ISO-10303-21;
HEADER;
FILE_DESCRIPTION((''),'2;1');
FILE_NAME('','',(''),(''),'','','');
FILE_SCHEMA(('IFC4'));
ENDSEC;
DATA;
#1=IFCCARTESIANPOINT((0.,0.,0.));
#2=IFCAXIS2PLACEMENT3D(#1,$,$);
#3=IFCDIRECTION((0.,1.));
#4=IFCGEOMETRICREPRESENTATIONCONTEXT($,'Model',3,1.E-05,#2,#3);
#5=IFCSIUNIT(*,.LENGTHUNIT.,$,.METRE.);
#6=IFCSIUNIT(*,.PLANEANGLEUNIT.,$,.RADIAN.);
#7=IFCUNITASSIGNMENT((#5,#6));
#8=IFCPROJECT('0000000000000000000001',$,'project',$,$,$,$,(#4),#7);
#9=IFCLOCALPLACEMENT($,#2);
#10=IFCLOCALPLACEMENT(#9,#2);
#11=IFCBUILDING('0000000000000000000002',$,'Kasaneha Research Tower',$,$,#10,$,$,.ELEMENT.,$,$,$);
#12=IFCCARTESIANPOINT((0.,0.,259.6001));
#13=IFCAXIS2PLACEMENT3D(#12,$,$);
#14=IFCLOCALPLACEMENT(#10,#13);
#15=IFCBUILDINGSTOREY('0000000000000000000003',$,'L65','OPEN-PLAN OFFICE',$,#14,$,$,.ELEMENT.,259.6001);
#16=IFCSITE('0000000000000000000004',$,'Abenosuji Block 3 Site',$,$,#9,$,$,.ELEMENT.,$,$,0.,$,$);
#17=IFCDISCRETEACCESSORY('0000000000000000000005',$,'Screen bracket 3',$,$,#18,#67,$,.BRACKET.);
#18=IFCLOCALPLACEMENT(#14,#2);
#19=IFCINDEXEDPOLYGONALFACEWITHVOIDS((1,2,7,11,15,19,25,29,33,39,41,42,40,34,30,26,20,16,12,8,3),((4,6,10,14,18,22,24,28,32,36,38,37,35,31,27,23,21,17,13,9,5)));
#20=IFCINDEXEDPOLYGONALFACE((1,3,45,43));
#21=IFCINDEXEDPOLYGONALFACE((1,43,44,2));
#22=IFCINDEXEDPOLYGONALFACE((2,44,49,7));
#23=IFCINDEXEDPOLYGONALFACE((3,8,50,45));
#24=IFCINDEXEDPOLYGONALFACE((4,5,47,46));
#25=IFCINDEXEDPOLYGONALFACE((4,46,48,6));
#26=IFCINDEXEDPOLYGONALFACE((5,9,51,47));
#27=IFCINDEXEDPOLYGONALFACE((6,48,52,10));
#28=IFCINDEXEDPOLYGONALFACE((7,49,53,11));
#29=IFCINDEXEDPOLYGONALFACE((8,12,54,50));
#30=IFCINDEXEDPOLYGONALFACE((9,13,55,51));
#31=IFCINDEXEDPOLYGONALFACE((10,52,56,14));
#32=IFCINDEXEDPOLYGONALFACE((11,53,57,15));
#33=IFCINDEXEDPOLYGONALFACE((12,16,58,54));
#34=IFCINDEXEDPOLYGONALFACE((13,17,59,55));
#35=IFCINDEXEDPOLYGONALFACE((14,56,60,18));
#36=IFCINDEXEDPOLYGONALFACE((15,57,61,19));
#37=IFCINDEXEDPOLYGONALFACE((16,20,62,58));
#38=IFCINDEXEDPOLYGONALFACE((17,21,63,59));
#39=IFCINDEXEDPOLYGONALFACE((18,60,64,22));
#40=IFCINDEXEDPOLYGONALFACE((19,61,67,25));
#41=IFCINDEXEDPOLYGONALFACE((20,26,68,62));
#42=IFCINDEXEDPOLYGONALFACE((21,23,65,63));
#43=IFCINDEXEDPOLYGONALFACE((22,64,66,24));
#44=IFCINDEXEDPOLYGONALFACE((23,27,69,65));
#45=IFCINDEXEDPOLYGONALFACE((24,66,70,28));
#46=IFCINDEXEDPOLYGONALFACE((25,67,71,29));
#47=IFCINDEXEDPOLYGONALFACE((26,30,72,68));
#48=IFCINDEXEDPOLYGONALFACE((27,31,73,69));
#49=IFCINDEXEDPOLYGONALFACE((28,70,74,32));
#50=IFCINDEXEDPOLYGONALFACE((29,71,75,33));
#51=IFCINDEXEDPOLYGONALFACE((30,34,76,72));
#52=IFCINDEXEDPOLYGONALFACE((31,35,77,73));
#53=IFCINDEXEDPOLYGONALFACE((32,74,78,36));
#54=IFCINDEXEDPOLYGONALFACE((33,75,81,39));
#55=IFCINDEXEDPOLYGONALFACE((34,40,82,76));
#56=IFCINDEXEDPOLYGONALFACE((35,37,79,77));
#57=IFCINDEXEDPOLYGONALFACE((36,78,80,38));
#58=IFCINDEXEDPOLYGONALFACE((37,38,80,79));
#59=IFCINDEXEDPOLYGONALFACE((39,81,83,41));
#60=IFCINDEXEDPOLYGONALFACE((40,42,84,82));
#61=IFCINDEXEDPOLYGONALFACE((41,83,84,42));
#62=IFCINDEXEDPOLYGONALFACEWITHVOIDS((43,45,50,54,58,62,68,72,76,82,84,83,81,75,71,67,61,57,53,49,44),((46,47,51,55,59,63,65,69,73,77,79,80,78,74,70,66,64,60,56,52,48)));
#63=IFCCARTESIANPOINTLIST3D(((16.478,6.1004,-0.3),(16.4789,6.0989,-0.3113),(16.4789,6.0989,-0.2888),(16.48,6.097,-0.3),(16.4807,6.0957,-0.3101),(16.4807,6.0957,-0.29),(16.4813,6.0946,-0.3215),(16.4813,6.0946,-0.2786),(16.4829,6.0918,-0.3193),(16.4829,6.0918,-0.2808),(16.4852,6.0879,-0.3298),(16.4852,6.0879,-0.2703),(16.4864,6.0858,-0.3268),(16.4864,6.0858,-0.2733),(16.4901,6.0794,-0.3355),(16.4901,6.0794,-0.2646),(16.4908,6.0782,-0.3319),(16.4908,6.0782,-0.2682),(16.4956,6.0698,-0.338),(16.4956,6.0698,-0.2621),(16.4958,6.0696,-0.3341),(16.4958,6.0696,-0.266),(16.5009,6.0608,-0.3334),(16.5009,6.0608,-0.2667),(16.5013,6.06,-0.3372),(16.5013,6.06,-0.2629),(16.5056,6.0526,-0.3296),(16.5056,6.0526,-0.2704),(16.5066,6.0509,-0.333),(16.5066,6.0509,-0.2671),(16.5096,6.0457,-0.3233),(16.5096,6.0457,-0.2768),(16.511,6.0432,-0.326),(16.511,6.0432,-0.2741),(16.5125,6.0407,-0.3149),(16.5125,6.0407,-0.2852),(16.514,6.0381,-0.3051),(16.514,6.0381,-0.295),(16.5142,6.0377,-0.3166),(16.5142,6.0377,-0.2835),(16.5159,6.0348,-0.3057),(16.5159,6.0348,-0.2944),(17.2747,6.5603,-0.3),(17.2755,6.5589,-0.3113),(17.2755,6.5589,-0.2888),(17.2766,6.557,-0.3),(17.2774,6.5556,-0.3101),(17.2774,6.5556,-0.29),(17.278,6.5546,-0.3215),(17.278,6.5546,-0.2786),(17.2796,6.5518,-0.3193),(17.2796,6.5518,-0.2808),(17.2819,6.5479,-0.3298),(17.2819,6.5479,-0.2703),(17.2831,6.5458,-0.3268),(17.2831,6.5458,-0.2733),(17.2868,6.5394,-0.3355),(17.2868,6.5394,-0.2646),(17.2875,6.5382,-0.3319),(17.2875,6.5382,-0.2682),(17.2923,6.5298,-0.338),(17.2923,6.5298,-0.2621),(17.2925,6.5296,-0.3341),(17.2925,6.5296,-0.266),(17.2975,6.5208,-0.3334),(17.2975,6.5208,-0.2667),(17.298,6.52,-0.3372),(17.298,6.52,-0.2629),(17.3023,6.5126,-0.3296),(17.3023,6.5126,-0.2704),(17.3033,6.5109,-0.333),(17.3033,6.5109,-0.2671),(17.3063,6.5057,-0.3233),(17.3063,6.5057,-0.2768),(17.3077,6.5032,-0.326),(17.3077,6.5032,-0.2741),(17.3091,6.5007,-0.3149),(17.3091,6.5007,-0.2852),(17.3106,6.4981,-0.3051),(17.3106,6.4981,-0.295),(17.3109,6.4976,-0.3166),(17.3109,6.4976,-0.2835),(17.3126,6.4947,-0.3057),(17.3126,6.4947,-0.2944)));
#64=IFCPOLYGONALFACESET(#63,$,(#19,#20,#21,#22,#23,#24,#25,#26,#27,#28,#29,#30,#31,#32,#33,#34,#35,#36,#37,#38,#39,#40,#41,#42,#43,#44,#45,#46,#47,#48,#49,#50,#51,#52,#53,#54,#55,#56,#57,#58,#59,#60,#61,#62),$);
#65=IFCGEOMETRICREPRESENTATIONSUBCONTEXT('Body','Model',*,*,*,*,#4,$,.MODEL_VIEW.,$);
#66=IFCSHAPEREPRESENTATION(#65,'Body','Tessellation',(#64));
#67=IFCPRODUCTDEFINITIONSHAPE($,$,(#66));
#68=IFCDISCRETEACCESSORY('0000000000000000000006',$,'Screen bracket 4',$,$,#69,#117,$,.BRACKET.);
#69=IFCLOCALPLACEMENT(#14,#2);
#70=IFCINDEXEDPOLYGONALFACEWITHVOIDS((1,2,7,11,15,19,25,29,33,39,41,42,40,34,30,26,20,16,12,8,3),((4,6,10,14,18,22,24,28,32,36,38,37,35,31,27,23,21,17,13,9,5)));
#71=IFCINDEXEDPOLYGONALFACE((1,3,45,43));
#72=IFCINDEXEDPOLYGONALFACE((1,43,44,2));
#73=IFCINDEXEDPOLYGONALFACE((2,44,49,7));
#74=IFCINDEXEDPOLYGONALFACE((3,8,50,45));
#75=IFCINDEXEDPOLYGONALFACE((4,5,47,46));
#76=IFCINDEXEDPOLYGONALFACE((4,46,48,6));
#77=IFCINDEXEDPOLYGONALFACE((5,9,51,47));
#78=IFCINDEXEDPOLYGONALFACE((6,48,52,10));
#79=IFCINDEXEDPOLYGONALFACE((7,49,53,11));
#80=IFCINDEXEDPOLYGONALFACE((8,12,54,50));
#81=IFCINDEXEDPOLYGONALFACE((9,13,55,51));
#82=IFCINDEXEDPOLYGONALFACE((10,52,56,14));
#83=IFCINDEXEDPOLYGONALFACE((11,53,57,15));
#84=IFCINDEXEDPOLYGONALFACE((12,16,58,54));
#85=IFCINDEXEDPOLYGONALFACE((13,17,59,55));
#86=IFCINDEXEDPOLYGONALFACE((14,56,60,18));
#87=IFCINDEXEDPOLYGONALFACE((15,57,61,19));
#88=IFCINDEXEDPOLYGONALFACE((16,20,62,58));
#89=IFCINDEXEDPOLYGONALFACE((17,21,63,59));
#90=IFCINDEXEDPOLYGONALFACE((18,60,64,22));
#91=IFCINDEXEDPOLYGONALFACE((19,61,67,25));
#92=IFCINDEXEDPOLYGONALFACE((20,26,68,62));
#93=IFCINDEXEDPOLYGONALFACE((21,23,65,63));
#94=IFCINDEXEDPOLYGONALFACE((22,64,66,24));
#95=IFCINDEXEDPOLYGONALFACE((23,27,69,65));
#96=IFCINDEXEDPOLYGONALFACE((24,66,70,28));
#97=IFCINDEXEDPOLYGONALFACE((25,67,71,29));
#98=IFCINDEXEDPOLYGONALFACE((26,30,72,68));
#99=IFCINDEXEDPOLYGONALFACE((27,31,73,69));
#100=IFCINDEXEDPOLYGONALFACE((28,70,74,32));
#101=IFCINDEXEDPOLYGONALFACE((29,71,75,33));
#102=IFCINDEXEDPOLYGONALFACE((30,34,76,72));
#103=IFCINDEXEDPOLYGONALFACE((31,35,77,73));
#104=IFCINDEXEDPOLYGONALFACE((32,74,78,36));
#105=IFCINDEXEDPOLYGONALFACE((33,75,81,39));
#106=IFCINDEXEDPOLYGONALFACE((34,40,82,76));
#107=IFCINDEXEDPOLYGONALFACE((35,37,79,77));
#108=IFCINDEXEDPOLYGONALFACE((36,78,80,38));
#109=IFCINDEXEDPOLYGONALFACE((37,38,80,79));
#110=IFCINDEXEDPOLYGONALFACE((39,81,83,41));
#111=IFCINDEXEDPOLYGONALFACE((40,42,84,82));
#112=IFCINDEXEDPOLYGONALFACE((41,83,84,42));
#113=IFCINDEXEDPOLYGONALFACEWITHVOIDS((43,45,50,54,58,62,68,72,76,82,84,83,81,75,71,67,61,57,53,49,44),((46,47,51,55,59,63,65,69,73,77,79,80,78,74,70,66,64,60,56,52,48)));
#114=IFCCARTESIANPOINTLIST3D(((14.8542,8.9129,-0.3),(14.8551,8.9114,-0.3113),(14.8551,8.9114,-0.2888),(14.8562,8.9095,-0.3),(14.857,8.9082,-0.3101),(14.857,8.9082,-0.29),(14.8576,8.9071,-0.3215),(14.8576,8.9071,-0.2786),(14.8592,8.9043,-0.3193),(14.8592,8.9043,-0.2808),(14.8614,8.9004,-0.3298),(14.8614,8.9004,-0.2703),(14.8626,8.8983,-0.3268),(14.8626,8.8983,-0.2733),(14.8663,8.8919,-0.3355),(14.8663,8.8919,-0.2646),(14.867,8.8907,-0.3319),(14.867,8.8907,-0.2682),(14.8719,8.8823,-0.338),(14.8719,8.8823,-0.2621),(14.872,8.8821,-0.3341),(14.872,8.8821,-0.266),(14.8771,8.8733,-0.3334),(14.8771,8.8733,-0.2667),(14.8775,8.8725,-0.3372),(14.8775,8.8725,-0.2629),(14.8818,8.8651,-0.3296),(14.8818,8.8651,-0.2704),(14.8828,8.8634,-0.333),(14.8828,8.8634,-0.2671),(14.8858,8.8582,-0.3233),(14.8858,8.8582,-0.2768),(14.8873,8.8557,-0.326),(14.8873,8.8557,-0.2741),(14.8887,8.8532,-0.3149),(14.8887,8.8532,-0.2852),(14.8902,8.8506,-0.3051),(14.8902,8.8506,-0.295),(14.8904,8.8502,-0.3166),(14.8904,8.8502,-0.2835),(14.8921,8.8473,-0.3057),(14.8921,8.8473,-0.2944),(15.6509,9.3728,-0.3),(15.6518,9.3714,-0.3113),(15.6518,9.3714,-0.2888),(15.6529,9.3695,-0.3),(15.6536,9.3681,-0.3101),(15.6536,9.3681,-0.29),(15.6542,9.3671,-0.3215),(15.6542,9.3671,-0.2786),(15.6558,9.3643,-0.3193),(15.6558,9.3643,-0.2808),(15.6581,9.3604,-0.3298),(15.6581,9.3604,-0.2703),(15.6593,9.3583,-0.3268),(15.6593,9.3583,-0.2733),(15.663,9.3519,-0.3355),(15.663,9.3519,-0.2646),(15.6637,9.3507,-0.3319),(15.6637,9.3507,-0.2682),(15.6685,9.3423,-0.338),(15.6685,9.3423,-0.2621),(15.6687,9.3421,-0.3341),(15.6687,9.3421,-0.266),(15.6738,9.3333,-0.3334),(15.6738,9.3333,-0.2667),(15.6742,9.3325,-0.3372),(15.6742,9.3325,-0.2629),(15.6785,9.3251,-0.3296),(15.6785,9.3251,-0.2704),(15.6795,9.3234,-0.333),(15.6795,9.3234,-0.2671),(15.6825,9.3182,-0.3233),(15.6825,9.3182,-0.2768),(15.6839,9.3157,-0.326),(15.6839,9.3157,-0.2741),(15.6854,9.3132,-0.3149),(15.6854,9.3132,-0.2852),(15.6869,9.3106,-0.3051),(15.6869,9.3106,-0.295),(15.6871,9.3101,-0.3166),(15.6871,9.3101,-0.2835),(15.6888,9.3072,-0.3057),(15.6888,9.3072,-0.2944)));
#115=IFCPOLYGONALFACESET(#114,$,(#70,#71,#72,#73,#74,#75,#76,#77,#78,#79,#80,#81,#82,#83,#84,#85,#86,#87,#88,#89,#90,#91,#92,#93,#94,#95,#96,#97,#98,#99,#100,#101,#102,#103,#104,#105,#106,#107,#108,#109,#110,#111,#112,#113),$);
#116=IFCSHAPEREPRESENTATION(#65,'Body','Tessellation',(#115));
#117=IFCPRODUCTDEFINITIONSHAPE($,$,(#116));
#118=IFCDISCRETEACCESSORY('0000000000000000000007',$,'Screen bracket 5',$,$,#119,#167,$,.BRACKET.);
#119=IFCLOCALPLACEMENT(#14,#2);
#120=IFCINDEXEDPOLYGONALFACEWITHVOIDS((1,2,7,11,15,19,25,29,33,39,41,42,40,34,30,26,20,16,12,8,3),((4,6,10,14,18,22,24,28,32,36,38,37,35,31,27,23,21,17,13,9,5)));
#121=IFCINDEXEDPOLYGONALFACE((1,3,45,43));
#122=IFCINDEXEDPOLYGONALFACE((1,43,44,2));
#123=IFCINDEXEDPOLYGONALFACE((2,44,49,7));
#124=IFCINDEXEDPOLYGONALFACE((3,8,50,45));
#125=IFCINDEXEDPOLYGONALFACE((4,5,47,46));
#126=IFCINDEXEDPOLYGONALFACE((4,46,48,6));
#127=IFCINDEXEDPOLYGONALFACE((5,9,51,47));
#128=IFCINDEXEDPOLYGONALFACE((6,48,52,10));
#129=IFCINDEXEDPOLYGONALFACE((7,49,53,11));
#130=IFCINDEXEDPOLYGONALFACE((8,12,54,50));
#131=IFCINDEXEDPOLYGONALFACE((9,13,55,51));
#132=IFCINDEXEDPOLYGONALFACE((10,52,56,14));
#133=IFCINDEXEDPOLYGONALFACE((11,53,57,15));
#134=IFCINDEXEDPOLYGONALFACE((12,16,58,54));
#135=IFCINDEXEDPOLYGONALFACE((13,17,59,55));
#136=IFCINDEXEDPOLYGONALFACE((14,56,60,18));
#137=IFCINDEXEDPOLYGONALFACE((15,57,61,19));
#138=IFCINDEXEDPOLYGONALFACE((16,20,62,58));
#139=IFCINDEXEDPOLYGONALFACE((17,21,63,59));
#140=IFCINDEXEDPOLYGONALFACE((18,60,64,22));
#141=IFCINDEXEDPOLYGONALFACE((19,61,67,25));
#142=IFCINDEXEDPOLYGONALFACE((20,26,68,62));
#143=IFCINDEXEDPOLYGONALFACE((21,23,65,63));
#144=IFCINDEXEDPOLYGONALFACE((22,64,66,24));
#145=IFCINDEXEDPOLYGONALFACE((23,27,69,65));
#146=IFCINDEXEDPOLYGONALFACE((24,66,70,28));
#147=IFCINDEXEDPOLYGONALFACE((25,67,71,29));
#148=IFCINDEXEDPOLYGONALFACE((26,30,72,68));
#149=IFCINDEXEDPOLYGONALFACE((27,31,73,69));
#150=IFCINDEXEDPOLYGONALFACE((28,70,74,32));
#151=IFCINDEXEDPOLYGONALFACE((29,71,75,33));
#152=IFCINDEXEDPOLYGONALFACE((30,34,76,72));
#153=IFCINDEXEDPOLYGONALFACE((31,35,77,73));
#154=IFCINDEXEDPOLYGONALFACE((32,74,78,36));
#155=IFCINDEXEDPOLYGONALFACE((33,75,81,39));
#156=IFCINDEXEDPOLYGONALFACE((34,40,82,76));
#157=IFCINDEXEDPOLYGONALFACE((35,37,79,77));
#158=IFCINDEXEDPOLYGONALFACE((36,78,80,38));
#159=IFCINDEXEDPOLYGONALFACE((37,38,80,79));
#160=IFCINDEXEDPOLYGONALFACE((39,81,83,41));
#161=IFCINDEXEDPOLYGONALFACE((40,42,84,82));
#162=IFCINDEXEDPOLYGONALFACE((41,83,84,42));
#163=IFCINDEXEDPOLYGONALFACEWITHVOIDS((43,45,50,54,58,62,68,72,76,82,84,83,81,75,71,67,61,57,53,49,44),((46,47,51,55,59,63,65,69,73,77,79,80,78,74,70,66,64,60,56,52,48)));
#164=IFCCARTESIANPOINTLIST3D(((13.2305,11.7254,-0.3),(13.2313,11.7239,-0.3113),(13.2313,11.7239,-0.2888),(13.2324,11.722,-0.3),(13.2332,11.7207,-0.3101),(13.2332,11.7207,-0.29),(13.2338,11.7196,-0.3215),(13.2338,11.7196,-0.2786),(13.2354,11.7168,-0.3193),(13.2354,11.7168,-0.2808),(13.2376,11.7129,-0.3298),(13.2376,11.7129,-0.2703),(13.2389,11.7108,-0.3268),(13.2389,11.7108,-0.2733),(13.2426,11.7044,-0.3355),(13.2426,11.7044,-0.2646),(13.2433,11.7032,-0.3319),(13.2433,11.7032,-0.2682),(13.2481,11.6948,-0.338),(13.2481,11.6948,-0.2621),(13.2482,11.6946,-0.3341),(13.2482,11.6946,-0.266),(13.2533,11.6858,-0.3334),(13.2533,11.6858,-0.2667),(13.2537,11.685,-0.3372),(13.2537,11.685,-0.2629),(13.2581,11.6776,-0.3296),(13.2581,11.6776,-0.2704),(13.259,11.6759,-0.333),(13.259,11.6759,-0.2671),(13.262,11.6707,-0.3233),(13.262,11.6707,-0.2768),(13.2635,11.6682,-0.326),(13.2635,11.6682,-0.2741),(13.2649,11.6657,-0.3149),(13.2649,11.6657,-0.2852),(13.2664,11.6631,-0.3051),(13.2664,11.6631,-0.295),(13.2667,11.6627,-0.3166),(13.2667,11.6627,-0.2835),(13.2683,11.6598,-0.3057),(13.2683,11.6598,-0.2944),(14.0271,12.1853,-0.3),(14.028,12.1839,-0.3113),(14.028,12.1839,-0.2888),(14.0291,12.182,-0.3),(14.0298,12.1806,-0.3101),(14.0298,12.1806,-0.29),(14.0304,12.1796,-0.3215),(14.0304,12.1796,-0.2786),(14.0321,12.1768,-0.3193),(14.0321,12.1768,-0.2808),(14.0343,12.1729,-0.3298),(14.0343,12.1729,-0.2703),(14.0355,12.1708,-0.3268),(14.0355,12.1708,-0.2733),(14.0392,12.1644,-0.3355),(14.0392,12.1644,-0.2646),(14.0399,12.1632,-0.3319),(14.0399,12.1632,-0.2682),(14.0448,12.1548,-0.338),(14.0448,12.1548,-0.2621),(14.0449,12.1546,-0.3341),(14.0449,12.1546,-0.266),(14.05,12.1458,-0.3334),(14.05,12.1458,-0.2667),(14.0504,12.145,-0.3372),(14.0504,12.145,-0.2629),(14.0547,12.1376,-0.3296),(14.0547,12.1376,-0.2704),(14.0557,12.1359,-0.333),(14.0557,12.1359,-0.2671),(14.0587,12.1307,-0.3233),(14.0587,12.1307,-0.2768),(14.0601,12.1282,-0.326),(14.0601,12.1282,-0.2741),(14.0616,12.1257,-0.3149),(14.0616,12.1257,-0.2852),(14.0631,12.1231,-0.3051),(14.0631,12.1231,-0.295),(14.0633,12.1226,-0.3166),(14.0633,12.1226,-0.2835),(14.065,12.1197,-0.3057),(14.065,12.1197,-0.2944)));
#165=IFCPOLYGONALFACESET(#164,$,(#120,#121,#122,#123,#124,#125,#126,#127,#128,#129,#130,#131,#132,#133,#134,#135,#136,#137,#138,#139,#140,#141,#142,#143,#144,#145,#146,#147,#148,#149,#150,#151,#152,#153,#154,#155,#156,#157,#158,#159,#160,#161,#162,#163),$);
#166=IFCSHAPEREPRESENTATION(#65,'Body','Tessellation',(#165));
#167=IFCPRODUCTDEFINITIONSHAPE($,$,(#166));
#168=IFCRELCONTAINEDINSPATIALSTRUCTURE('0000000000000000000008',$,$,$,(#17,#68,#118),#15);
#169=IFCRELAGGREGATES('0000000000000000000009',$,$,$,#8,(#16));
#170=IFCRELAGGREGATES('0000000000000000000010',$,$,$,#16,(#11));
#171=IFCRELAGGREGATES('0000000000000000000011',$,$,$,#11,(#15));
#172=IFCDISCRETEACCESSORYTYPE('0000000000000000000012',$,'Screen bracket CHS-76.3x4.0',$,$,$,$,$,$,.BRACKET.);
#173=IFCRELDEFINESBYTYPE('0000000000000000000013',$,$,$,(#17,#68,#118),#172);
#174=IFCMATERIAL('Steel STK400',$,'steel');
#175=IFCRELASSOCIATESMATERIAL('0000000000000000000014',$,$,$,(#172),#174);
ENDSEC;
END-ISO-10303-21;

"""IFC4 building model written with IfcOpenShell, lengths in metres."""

from ifc_helpers import new_model, si_unit, direction, frame, origin, origin_2d, place, context, subcontext, project, spatial, hollow_circle, extrude, material, material_profile, profile_set, type_object, element, save


model = new_model("IFC4")

# Units and contexts
model_context = context("Model", 3, precision=1e-05, world=origin(), true_north=direction((0.0, 1.0)))
body_context = subcontext(model_context, "Body", "Model", "MODEL_VIEW")
ifc_project = project(units=[si_unit("LENGTHUNIT", "METRE"), si_unit("PLANEANGLEUNIT", "RADIAN")], contexts=[model_context])

# Site, building, storey
site_placement = place(None, origin())
site = spatial("IfcSite", under=ifc_project, at=site_placement, Name="Abenosuji Block 3 Site", CompositionType="ELEMENT", RefElevation=0.0)
building_placement = place(site_placement, origin())
building = spatial("IfcBuilding", under=site, at=building_placement, Name="Kasaneha Research Tower", CompositionType="ELEMENT")
storey_placement = place(building_placement, frame((0.0, 0.0, 259.6001)))
storey = spatial("IfcBuildingStorey", under=building, at=storey_placement, Name="L65", Description="OPEN-PLAN OFFICE", CompositionType="ELEMENT", Elevation=259.6001)

# Discrete accessories
ifc_material_1 = material(Name="Steel STK400", Category="steel")
ifc_material_profile_1 = material_profile(ifc_material_1, hollow_circle(Radius=0.0381, WallThickness=0.0039, at=origin_2d()), Name="CHS-76.3x4.0")
ifc_profile_set_1 = profile_set([ifc_material_profile_1], Name="Steel STK400")
discrete_accessory_type = type_object("IfcDiscreteAccessoryType", Name="Screen bracket CHS-76.3x4.0", PredefinedType="BRACKET", material=ifc_profile_set_1)
for number, where, z_axis, x_axis, name in (
    (1, (16.4971, 6.0674, -0.3), (0.866013, 0.500021, 0.0), (-0.500021, 0.866013, 0.0), "Screen bracket 3"),
    (2, (14.8733, 8.8799, -0.3), (0.866013, 0.500021, 0.0), (-0.500021, 0.866013, 0.0), "Screen bracket 4"),
    (3, (13.2495, 11.6924, -0.3), (0.866013, 0.500021, 0.0), (-0.500021, 0.866013, 0.0), "Screen bracket 5"),
):
    element("IfcDiscreteAccessory", number, at=place(storey_placement, frame(where, z_axis=z_axis, x_axis=x_axis)), inside=storey, type_object=discrete_accessory_type, Name=name, PredefinedType="BRACKET", context=body_context, shape_type="SweptSolid", body=[
        extrude(hollow_circle(Radius=0.0381, WallThickness=0.0039, at=origin_2d()), origin(), (0.0, 0.0, 1.0), 0.9199),
    ])

save(model, "model.ifc")
